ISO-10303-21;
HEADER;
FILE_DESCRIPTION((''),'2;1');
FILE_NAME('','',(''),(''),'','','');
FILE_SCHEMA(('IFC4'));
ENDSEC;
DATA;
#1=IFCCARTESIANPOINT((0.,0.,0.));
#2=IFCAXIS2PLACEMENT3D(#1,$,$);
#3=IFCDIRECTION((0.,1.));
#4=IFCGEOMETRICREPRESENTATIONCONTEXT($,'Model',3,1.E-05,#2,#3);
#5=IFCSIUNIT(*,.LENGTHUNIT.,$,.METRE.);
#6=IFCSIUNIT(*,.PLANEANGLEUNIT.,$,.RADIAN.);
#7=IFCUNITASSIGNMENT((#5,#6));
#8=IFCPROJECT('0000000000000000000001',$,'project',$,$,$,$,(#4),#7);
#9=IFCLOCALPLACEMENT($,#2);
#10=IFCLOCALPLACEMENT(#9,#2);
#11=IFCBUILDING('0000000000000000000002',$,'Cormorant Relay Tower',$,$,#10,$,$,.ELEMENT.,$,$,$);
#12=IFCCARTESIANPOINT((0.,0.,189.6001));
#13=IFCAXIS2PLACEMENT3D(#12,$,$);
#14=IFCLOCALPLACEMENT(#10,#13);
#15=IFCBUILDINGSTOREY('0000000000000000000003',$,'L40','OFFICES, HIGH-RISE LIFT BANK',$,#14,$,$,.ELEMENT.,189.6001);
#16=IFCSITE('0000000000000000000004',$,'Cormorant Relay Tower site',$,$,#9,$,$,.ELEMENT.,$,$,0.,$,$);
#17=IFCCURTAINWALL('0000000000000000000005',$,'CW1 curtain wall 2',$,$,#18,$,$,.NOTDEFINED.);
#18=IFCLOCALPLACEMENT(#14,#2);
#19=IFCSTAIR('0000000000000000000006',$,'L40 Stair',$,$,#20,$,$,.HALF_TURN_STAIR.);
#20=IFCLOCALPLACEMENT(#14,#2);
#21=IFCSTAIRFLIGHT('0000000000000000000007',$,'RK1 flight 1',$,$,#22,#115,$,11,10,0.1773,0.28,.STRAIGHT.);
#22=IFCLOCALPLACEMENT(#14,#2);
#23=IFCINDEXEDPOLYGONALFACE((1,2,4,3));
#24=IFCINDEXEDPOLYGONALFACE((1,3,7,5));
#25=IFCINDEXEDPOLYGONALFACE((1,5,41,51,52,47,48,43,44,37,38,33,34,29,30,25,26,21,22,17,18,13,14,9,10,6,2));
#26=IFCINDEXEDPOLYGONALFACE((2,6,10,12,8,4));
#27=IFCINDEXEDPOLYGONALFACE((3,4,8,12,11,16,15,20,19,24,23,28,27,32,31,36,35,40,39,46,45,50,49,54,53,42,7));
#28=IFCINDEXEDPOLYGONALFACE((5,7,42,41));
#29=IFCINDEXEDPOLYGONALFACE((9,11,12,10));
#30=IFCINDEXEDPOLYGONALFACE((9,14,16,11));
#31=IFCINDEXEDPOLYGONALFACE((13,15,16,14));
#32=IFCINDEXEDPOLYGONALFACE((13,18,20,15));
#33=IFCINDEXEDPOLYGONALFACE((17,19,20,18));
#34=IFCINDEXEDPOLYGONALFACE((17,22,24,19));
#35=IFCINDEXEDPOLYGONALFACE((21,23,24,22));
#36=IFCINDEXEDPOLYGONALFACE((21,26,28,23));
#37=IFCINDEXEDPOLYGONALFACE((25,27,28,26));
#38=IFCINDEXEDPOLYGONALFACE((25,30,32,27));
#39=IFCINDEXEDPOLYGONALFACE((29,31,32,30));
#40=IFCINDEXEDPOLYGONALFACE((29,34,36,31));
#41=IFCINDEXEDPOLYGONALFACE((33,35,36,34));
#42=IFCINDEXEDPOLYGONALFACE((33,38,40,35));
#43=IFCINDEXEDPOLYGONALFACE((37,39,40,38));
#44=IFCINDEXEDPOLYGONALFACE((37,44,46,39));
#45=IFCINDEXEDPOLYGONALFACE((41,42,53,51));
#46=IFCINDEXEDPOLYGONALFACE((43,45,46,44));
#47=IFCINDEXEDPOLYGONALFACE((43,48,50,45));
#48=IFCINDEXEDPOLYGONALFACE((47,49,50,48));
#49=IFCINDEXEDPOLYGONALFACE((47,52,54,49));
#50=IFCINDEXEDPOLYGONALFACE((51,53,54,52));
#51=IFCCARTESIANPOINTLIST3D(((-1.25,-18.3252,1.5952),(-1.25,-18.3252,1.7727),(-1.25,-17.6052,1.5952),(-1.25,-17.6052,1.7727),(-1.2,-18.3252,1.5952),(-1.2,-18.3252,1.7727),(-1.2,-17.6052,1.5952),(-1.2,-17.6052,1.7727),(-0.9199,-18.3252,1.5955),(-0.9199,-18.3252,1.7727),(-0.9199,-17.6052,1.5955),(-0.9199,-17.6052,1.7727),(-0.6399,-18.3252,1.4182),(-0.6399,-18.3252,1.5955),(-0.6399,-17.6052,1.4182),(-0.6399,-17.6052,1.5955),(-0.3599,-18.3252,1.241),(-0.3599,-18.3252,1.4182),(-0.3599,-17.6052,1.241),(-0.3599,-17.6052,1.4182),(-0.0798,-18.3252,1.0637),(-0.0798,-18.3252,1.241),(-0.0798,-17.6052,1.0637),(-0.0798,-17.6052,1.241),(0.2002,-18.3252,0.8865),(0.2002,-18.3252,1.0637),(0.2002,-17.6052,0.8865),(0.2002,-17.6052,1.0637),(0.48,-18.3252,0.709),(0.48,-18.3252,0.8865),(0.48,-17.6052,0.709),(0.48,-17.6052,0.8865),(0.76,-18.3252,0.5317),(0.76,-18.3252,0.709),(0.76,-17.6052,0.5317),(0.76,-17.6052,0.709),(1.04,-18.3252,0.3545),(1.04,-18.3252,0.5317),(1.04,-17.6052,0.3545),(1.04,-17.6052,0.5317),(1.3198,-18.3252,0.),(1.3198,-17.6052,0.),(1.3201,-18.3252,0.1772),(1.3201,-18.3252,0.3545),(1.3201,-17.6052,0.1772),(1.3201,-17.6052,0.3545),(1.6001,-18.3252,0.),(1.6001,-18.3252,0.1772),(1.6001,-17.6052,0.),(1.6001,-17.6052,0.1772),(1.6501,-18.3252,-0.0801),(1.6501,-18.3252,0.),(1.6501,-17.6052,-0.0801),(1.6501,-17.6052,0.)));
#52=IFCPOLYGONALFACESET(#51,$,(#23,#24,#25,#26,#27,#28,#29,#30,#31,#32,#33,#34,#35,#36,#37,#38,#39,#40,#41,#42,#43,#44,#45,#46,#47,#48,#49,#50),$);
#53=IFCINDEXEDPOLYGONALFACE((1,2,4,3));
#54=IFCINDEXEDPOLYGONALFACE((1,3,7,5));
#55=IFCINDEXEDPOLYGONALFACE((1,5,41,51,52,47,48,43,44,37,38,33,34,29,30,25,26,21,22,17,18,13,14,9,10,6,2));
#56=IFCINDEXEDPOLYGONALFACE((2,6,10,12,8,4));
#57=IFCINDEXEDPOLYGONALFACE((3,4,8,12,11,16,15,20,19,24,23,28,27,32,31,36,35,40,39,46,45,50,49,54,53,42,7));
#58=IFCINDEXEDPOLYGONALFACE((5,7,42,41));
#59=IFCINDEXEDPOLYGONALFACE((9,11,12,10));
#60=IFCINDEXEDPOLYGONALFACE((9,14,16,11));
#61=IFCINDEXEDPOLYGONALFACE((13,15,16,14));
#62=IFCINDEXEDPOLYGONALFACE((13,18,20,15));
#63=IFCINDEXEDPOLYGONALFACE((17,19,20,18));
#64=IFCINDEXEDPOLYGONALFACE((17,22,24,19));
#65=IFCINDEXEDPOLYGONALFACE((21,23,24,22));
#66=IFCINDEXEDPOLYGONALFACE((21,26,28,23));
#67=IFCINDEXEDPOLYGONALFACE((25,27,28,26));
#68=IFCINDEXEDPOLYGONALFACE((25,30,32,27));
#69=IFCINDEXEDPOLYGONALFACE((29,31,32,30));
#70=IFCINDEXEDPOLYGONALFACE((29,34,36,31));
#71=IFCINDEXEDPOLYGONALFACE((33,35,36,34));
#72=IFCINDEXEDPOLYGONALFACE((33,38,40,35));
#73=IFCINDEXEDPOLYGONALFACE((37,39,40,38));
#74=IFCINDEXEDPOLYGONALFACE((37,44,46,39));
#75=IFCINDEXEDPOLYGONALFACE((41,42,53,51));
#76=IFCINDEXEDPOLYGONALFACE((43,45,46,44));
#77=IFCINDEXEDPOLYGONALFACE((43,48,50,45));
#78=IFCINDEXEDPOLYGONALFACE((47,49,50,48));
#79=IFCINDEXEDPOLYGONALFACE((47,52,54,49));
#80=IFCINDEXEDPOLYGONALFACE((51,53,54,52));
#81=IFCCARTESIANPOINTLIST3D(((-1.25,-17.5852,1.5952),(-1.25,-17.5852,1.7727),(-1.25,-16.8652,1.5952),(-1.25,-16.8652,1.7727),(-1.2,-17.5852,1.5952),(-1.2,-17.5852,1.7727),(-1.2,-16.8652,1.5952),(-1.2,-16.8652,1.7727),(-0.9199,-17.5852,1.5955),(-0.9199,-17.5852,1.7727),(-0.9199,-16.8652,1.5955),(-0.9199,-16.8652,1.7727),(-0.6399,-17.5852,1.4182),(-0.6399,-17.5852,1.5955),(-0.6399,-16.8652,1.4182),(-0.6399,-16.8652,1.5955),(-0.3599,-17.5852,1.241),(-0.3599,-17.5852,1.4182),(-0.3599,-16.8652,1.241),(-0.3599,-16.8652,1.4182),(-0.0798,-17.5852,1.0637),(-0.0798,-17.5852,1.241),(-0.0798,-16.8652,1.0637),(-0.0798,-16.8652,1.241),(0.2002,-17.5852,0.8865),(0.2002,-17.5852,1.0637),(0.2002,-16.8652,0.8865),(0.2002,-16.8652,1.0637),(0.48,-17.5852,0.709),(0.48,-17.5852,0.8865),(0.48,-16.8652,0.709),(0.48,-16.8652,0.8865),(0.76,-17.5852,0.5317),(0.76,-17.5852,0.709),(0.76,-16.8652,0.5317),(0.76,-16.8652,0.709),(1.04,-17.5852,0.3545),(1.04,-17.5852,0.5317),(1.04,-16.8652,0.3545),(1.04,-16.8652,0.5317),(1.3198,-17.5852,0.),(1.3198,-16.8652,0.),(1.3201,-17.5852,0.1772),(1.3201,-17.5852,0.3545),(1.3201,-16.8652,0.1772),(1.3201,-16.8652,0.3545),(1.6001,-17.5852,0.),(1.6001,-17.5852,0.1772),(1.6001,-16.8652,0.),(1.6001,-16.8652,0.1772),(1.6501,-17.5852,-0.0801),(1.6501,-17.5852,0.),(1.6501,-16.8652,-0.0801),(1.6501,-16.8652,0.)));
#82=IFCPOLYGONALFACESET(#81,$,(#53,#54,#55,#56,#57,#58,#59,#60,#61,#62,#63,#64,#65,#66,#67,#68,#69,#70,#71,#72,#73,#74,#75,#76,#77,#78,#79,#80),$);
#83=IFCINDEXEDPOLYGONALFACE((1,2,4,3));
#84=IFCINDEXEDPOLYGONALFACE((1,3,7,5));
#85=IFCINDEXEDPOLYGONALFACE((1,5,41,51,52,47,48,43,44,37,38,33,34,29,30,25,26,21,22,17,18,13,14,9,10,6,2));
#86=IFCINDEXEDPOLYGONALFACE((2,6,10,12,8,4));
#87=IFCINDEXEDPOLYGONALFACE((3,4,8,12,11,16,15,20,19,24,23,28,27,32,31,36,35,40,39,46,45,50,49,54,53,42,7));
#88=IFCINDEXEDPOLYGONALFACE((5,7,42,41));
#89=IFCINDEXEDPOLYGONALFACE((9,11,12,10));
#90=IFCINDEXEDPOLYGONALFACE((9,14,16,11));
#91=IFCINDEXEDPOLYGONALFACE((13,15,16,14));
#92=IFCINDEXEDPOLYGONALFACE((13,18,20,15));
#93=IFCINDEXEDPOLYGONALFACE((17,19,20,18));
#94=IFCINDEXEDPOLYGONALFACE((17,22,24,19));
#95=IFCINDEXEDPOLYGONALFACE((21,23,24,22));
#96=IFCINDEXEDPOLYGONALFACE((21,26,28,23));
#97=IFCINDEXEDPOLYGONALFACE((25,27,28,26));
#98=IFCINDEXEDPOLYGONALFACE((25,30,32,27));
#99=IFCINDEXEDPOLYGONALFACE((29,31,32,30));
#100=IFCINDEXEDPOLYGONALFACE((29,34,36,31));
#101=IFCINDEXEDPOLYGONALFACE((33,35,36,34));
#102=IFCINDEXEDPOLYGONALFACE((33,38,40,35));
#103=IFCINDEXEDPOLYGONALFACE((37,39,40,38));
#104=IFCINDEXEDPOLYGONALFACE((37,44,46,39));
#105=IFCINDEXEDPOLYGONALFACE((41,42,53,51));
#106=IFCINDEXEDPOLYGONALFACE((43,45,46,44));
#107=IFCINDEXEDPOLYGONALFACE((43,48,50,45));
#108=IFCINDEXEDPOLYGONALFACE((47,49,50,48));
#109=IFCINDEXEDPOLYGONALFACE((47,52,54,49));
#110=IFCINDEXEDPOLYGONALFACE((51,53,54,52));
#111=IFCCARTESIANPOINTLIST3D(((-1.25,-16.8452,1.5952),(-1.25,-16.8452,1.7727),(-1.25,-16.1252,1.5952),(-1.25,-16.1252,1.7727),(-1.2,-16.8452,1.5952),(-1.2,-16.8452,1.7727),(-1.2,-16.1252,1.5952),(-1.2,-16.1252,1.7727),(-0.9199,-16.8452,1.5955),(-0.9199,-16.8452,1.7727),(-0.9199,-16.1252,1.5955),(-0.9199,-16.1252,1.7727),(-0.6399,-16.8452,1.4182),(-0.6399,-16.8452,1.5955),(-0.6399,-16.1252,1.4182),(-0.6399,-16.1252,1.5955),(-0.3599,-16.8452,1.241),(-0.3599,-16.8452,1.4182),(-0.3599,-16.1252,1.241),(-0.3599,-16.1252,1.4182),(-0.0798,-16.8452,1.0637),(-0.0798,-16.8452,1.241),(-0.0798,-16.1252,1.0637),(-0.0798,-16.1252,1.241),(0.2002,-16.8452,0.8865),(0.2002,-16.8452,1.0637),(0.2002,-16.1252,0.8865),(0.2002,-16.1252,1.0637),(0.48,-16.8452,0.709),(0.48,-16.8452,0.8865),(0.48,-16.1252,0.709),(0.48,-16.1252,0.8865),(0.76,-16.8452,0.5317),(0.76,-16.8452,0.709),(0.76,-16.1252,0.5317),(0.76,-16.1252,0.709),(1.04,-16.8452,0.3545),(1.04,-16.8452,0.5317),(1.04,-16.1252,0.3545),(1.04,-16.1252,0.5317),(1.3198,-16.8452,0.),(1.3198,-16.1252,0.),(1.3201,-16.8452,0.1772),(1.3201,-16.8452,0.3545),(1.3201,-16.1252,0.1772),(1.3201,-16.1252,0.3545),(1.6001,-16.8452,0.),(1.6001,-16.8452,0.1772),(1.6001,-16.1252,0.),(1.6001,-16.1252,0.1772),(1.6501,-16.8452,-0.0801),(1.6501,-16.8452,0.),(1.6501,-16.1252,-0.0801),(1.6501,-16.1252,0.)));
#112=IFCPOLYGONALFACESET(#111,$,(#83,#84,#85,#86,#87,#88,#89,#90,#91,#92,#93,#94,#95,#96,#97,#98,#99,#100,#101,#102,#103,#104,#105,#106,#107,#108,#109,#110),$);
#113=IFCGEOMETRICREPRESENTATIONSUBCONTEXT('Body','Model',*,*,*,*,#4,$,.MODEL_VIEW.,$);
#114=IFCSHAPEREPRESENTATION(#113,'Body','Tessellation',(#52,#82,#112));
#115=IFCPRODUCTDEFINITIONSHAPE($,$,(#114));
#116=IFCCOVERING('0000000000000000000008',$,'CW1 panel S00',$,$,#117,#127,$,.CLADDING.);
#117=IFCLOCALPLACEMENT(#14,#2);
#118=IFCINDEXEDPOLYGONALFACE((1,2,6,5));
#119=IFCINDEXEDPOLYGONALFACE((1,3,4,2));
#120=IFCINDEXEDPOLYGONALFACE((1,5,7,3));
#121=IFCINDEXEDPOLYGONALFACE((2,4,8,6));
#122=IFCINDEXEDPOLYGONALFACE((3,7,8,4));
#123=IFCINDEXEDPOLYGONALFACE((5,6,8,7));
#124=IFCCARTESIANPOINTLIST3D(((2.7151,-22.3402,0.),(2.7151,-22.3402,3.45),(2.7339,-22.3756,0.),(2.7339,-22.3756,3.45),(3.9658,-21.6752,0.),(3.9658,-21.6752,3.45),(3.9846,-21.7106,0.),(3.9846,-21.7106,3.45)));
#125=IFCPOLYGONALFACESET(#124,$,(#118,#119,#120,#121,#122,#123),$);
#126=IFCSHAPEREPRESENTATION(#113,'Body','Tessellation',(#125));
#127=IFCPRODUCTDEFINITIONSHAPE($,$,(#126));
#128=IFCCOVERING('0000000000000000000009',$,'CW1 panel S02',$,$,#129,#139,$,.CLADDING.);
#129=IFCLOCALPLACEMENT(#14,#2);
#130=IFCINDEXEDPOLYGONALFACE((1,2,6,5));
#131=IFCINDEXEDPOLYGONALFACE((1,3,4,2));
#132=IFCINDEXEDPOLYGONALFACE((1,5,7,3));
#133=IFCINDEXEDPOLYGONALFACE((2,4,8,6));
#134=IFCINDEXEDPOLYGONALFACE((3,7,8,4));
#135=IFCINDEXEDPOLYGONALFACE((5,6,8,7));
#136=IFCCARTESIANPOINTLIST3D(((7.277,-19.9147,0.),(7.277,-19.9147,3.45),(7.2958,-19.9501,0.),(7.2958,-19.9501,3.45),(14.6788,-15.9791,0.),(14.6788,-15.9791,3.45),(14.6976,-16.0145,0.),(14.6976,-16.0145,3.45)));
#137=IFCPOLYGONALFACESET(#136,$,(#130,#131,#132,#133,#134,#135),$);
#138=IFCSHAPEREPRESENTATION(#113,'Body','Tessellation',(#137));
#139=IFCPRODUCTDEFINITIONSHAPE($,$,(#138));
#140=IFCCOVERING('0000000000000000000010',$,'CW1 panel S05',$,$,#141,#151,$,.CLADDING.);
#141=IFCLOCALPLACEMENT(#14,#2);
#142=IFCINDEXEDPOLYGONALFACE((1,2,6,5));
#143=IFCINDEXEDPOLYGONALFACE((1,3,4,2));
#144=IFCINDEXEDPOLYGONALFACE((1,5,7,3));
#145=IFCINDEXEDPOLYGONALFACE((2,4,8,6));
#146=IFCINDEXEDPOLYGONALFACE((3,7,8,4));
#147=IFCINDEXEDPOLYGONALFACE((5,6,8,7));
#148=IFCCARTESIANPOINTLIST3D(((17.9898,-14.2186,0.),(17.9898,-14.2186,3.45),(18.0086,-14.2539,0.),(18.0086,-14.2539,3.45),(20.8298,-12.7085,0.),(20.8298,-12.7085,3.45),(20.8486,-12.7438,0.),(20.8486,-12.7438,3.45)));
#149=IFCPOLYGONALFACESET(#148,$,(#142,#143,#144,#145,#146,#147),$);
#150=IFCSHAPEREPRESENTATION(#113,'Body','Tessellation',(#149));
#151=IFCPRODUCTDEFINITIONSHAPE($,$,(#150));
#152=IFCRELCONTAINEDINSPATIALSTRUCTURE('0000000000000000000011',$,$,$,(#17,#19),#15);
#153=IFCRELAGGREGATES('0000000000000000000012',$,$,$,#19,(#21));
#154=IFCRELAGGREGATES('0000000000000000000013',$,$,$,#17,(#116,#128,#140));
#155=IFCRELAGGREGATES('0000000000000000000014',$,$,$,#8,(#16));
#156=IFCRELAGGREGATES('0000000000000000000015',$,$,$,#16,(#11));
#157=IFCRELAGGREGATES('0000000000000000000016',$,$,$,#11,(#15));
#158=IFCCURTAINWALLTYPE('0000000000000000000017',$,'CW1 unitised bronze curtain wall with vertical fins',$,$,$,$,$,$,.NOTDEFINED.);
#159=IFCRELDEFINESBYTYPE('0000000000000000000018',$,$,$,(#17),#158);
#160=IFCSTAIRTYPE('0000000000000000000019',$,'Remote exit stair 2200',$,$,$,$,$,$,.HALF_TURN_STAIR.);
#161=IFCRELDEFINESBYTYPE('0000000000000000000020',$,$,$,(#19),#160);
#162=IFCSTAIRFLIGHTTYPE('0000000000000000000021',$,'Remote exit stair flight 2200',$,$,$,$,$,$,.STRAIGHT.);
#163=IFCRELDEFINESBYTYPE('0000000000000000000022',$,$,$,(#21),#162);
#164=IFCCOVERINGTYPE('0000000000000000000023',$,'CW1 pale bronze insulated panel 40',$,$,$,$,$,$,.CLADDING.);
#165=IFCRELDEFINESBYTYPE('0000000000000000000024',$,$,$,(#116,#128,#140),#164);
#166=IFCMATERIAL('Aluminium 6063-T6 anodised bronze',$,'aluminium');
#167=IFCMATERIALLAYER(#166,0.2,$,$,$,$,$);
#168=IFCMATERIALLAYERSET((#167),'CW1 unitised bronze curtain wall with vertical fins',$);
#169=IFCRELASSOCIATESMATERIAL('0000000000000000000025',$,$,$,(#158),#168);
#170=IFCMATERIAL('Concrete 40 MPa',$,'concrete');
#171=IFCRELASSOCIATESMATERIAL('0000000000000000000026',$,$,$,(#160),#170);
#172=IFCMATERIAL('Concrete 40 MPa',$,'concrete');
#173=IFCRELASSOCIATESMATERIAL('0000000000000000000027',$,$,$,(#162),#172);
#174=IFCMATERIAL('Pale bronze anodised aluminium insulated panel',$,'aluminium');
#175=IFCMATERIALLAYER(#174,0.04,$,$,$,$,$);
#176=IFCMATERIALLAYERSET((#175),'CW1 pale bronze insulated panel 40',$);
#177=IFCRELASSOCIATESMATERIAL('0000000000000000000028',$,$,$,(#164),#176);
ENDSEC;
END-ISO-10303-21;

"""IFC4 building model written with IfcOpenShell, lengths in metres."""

from ifc_helpers import new_model, si_unit, direction, frame, origin, origin_2d, place, context, subcontext, project, spatial, polyline, rectangle, outline, extrude, material, layer, layer_set, type_object, element, aggregate, save


model = new_model("IFC4")

# Units and contexts
model_context = context("Model", 3, precision=1e-05, world=origin(), true_north=direction((0.0, 1.0)))
body_context = subcontext(model_context, "Body", "Model", "MODEL_VIEW")
ifc_project = project(units=[si_unit("LENGTHUNIT", "METRE"), si_unit("PLANEANGLEUNIT", "RADIAN")], contexts=[model_context])

# Site, building, storey
site_placement = place(None, origin())
site = spatial("IfcSite", under=ifc_project, at=site_placement, Name="Cormorant Relay Tower site", CompositionType="ELEMENT", RefElevation=0.0)
building_placement = place(site_placement, origin())
building = spatial("IfcBuilding", under=site, at=building_placement, Name="Cormorant Relay Tower", CompositionType="ELEMENT")
storey_placement = place(building_placement, frame((0.0, 0.0, 189.6001)))
storey = spatial("IfcBuildingStorey", under=building, at=storey_placement, Name="L40", Description="OFFICES, HIGH-RISE LIFT BANK", CompositionType="ELEMENT", Elevation=189.6001)

# Curtain wall
ifc_material_1 = material(Name="Aluminium 6063-T6 anodised bronze", Category="aluminium")
ifc_layer_1 = layer(ifc_material_1, 0.2)
ifc_layer_set_1 = layer_set([ifc_layer_1], Name="CW1 unitised bronze curtain wall with vertical fins")
curtain_wall_type = type_object("IfcCurtainWallType", Name="CW1 unitised bronze curtain wall with vertical fins", PredefinedType="NOTDEFINED", material=ifc_layer_set_1)
curtain_wall_1_placement = place(storey_placement, origin())
curtain_wall_1 = element("IfcCurtainWall", 1, at=curtain_wall_1_placement, inside=storey, type_object=curtain_wall_type, Name="CW1 curtain wall 2", PredefinedType="NOTDEFINED")

# Stair, stair flight
ifc_material_2 = material(Name="Concrete 40 MPa", Category="concrete")
stair_type = type_object("IfcStairType", Name="Remote exit stair 2200", PredefinedType="HALF_TURN_STAIR", material=ifc_material_2)
stair_placement = place(storey_placement, origin())
stair = element("IfcStair", 2, at=stair_placement, inside=storey, type_object=stair_type, Name="L40 Stair", PredefinedType="HALF_TURN_STAIR")
ifc_material_3 = material(Name="Concrete 40 MPa", Category="concrete")
stair_flight_type = type_object("IfcStairFlightType", Name="Remote exit stair flight 2200", PredefinedType="STRAIGHT", material=ifc_material_3)
stair_flight_placement = place(storey_placement, frame((1.6001, -17.2251, 0.0), z_axis=(0.0, 0.0, 1.0), x_axis=(-1.0, 0.0, 0.0)))
stair_flight = element("IfcStairFlight", 3, at=stair_flight_placement, type_object=stair_flight_type, Name="RK1 flight 1", NumberOfRisers=11, NumberOfTreads=10, PredefinedType="STRAIGHT", RiserHeight=0.1773, TreadLength=0.28, context=body_context, shape_type="SweptSolid", body=[
    extrude(outline(polyline([(-0.05, -0.0801), (-0.05, 0.0), (0.0, 0.0), (0.0, 0.1772), (0.28, 0.1772), (0.28, 0.3545), (0.5601, 0.3545), (0.5601, 0.5317), (0.8401, 0.5317), (0.8401, 0.709), (1.1201, 0.709), (1.1201, 0.8865), (1.3999, 0.8865), (1.3999, 1.0637), (1.6799, 1.0637), (1.6799, 1.241), (1.96, 1.241), (1.96, 1.4182), (2.24, 1.4182), (2.24, 1.5955), (2.52, 1.5955), (2.52, 1.7727), (2.8, 1.7727), (2.8501, 1.7727), (2.8501, 1.5952), (2.8, 1.5952), (0.2803, 0.0), (-0.05, -0.0801)])), frame((0.0, 1.1001, 0.0), z_axis=(0.0, -1.0, 0.0), x_axis=(1.0, 0.0, 0.0)), (0.0, 0.0, 1.0), 0.72),
    extrude(outline(polyline([(-0.05, -0.0801), (-0.05, 0.0), (0.0, 0.0), (0.0, 0.1772), (0.28, 0.1772), (0.28, 0.3545), (0.5601, 0.3545), (0.5601, 0.5317), (0.8401, 0.5317), (0.8401, 0.709), (1.1201, 0.709), (1.1201, 0.8865), (1.3999, 0.8865), (1.3999, 1.0637), (1.6799, 1.0637), (1.6799, 1.241), (1.96, 1.241), (1.96, 1.4182), (2.24, 1.4182), (2.24, 1.5955), (2.52, 1.5955), (2.52, 1.7727), (2.8, 1.7727), (2.8501, 1.7727), (2.8501, 1.5952), (2.8, 1.5952), (0.2803, 0.0), (-0.05, -0.0801)])), frame((0.0, 0.3601, 0.0), z_axis=(0.0, -1.0, 0.0), x_axis=(1.0, 0.0, 0.0)), (0.0, 0.0, 1.0), 0.72),
    extrude(outline(polyline([(-0.05, -0.0801), (-0.05, 0.0), (0.0, 0.0), (0.0, 0.1772), (0.28, 0.1772), (0.28, 0.3545), (0.5601, 0.3545), (0.5601, 0.5317), (0.8401, 0.5317), (0.8401, 0.709), (1.1201, 0.709), (1.1201, 0.8865), (1.3999, 0.8865), (1.3999, 1.0637), (1.6799, 1.0637), (1.6799, 1.241), (1.96, 1.241), (1.96, 1.4182), (2.24, 1.4182), (2.24, 1.5955), (2.52, 1.5955), (2.52, 1.7727), (2.8, 1.7727), (2.8501, 1.7727), (2.8501, 1.5952), (2.8, 1.5952), (0.2803, 0.0), (-0.05, -0.0801)])), frame((0.0, -0.3799, 0.0), z_axis=(0.0, -1.0, 0.0), x_axis=(1.0, 0.0, 0.0)), (0.0, 0.0, 1.0), 0.72),
])
aggregate(stair, [stair_flight])

# Coverings
ifc_material_4 = material(Name="Pale bronze anodised aluminium insulated panel", Category="aluminium")
ifc_layer_2 = layer(ifc_material_4, 0.04)
ifc_layer_set_2 = layer_set([ifc_layer_2], Name="CW1 pale bronze insulated panel 40")
covering_type = type_object("IfcCoveringType", Name="CW1 pale bronze insulated panel 40", PredefinedType="CLADDING", material=ifc_layer_set_2)
covering_1_placement = place(storey_placement, frame((3.3499, -22.0254, 0.0), z_axis=(0.0, 0.0, 1.0), x_axis=(0.882948, 0.469472, 0.0)))
covering_1 = element("IfcCovering", 4, at=covering_1_placement, type_object=covering_type, Name="CW1 panel S00", PredefinedType="CLADDING", context=body_context, shape_type="SweptSolid", body=[
    extrude(rectangle(XDim=1.4165, YDim=0.04, at=origin_2d()), origin(), (0.0, 0.0, 1.0), 3.45),
])
covering_2_placement = place(storey_placement, frame((10.9873, -17.9646, 0.0), z_axis=(0.0, 0.0, 1.0), x_axis=(0.882948, 0.469472, 0.0)))
covering_2 = element("IfcCovering", 5, at=covering_2_placement, type_object=covering_type, Name="CW1 panel S02", PredefinedType="CLADDING", context=body_context, shape_type="SweptSolid", body=[
    extrude(rectangle(XDim=8.3831, YDim=0.04, at=origin_2d()), origin(), (0.0, 0.0, 1.0), 3.45),
])
covering_3_placement = place(storey_placement, frame((19.4192, -13.4812, 0.0), z_axis=(0.0, 0.0, 1.0), x_axis=(0.882948, 0.469472, 0.0)))
covering_3 = element("IfcCovering", 6, at=covering_3_placement, type_object=covering_type, Name="CW1 panel S05", PredefinedType="CLADDING", context=body_context, shape_type="SweptSolid", body=[
    extrude(rectangle(XDim=3.2166, YDim=0.04, at=origin_2d()), origin(), (0.0, 0.0, 1.0), 3.45),
])
aggregate(curtain_wall_1, [covering_1, covering_2, covering_3])

save(model, "model.ifc")
